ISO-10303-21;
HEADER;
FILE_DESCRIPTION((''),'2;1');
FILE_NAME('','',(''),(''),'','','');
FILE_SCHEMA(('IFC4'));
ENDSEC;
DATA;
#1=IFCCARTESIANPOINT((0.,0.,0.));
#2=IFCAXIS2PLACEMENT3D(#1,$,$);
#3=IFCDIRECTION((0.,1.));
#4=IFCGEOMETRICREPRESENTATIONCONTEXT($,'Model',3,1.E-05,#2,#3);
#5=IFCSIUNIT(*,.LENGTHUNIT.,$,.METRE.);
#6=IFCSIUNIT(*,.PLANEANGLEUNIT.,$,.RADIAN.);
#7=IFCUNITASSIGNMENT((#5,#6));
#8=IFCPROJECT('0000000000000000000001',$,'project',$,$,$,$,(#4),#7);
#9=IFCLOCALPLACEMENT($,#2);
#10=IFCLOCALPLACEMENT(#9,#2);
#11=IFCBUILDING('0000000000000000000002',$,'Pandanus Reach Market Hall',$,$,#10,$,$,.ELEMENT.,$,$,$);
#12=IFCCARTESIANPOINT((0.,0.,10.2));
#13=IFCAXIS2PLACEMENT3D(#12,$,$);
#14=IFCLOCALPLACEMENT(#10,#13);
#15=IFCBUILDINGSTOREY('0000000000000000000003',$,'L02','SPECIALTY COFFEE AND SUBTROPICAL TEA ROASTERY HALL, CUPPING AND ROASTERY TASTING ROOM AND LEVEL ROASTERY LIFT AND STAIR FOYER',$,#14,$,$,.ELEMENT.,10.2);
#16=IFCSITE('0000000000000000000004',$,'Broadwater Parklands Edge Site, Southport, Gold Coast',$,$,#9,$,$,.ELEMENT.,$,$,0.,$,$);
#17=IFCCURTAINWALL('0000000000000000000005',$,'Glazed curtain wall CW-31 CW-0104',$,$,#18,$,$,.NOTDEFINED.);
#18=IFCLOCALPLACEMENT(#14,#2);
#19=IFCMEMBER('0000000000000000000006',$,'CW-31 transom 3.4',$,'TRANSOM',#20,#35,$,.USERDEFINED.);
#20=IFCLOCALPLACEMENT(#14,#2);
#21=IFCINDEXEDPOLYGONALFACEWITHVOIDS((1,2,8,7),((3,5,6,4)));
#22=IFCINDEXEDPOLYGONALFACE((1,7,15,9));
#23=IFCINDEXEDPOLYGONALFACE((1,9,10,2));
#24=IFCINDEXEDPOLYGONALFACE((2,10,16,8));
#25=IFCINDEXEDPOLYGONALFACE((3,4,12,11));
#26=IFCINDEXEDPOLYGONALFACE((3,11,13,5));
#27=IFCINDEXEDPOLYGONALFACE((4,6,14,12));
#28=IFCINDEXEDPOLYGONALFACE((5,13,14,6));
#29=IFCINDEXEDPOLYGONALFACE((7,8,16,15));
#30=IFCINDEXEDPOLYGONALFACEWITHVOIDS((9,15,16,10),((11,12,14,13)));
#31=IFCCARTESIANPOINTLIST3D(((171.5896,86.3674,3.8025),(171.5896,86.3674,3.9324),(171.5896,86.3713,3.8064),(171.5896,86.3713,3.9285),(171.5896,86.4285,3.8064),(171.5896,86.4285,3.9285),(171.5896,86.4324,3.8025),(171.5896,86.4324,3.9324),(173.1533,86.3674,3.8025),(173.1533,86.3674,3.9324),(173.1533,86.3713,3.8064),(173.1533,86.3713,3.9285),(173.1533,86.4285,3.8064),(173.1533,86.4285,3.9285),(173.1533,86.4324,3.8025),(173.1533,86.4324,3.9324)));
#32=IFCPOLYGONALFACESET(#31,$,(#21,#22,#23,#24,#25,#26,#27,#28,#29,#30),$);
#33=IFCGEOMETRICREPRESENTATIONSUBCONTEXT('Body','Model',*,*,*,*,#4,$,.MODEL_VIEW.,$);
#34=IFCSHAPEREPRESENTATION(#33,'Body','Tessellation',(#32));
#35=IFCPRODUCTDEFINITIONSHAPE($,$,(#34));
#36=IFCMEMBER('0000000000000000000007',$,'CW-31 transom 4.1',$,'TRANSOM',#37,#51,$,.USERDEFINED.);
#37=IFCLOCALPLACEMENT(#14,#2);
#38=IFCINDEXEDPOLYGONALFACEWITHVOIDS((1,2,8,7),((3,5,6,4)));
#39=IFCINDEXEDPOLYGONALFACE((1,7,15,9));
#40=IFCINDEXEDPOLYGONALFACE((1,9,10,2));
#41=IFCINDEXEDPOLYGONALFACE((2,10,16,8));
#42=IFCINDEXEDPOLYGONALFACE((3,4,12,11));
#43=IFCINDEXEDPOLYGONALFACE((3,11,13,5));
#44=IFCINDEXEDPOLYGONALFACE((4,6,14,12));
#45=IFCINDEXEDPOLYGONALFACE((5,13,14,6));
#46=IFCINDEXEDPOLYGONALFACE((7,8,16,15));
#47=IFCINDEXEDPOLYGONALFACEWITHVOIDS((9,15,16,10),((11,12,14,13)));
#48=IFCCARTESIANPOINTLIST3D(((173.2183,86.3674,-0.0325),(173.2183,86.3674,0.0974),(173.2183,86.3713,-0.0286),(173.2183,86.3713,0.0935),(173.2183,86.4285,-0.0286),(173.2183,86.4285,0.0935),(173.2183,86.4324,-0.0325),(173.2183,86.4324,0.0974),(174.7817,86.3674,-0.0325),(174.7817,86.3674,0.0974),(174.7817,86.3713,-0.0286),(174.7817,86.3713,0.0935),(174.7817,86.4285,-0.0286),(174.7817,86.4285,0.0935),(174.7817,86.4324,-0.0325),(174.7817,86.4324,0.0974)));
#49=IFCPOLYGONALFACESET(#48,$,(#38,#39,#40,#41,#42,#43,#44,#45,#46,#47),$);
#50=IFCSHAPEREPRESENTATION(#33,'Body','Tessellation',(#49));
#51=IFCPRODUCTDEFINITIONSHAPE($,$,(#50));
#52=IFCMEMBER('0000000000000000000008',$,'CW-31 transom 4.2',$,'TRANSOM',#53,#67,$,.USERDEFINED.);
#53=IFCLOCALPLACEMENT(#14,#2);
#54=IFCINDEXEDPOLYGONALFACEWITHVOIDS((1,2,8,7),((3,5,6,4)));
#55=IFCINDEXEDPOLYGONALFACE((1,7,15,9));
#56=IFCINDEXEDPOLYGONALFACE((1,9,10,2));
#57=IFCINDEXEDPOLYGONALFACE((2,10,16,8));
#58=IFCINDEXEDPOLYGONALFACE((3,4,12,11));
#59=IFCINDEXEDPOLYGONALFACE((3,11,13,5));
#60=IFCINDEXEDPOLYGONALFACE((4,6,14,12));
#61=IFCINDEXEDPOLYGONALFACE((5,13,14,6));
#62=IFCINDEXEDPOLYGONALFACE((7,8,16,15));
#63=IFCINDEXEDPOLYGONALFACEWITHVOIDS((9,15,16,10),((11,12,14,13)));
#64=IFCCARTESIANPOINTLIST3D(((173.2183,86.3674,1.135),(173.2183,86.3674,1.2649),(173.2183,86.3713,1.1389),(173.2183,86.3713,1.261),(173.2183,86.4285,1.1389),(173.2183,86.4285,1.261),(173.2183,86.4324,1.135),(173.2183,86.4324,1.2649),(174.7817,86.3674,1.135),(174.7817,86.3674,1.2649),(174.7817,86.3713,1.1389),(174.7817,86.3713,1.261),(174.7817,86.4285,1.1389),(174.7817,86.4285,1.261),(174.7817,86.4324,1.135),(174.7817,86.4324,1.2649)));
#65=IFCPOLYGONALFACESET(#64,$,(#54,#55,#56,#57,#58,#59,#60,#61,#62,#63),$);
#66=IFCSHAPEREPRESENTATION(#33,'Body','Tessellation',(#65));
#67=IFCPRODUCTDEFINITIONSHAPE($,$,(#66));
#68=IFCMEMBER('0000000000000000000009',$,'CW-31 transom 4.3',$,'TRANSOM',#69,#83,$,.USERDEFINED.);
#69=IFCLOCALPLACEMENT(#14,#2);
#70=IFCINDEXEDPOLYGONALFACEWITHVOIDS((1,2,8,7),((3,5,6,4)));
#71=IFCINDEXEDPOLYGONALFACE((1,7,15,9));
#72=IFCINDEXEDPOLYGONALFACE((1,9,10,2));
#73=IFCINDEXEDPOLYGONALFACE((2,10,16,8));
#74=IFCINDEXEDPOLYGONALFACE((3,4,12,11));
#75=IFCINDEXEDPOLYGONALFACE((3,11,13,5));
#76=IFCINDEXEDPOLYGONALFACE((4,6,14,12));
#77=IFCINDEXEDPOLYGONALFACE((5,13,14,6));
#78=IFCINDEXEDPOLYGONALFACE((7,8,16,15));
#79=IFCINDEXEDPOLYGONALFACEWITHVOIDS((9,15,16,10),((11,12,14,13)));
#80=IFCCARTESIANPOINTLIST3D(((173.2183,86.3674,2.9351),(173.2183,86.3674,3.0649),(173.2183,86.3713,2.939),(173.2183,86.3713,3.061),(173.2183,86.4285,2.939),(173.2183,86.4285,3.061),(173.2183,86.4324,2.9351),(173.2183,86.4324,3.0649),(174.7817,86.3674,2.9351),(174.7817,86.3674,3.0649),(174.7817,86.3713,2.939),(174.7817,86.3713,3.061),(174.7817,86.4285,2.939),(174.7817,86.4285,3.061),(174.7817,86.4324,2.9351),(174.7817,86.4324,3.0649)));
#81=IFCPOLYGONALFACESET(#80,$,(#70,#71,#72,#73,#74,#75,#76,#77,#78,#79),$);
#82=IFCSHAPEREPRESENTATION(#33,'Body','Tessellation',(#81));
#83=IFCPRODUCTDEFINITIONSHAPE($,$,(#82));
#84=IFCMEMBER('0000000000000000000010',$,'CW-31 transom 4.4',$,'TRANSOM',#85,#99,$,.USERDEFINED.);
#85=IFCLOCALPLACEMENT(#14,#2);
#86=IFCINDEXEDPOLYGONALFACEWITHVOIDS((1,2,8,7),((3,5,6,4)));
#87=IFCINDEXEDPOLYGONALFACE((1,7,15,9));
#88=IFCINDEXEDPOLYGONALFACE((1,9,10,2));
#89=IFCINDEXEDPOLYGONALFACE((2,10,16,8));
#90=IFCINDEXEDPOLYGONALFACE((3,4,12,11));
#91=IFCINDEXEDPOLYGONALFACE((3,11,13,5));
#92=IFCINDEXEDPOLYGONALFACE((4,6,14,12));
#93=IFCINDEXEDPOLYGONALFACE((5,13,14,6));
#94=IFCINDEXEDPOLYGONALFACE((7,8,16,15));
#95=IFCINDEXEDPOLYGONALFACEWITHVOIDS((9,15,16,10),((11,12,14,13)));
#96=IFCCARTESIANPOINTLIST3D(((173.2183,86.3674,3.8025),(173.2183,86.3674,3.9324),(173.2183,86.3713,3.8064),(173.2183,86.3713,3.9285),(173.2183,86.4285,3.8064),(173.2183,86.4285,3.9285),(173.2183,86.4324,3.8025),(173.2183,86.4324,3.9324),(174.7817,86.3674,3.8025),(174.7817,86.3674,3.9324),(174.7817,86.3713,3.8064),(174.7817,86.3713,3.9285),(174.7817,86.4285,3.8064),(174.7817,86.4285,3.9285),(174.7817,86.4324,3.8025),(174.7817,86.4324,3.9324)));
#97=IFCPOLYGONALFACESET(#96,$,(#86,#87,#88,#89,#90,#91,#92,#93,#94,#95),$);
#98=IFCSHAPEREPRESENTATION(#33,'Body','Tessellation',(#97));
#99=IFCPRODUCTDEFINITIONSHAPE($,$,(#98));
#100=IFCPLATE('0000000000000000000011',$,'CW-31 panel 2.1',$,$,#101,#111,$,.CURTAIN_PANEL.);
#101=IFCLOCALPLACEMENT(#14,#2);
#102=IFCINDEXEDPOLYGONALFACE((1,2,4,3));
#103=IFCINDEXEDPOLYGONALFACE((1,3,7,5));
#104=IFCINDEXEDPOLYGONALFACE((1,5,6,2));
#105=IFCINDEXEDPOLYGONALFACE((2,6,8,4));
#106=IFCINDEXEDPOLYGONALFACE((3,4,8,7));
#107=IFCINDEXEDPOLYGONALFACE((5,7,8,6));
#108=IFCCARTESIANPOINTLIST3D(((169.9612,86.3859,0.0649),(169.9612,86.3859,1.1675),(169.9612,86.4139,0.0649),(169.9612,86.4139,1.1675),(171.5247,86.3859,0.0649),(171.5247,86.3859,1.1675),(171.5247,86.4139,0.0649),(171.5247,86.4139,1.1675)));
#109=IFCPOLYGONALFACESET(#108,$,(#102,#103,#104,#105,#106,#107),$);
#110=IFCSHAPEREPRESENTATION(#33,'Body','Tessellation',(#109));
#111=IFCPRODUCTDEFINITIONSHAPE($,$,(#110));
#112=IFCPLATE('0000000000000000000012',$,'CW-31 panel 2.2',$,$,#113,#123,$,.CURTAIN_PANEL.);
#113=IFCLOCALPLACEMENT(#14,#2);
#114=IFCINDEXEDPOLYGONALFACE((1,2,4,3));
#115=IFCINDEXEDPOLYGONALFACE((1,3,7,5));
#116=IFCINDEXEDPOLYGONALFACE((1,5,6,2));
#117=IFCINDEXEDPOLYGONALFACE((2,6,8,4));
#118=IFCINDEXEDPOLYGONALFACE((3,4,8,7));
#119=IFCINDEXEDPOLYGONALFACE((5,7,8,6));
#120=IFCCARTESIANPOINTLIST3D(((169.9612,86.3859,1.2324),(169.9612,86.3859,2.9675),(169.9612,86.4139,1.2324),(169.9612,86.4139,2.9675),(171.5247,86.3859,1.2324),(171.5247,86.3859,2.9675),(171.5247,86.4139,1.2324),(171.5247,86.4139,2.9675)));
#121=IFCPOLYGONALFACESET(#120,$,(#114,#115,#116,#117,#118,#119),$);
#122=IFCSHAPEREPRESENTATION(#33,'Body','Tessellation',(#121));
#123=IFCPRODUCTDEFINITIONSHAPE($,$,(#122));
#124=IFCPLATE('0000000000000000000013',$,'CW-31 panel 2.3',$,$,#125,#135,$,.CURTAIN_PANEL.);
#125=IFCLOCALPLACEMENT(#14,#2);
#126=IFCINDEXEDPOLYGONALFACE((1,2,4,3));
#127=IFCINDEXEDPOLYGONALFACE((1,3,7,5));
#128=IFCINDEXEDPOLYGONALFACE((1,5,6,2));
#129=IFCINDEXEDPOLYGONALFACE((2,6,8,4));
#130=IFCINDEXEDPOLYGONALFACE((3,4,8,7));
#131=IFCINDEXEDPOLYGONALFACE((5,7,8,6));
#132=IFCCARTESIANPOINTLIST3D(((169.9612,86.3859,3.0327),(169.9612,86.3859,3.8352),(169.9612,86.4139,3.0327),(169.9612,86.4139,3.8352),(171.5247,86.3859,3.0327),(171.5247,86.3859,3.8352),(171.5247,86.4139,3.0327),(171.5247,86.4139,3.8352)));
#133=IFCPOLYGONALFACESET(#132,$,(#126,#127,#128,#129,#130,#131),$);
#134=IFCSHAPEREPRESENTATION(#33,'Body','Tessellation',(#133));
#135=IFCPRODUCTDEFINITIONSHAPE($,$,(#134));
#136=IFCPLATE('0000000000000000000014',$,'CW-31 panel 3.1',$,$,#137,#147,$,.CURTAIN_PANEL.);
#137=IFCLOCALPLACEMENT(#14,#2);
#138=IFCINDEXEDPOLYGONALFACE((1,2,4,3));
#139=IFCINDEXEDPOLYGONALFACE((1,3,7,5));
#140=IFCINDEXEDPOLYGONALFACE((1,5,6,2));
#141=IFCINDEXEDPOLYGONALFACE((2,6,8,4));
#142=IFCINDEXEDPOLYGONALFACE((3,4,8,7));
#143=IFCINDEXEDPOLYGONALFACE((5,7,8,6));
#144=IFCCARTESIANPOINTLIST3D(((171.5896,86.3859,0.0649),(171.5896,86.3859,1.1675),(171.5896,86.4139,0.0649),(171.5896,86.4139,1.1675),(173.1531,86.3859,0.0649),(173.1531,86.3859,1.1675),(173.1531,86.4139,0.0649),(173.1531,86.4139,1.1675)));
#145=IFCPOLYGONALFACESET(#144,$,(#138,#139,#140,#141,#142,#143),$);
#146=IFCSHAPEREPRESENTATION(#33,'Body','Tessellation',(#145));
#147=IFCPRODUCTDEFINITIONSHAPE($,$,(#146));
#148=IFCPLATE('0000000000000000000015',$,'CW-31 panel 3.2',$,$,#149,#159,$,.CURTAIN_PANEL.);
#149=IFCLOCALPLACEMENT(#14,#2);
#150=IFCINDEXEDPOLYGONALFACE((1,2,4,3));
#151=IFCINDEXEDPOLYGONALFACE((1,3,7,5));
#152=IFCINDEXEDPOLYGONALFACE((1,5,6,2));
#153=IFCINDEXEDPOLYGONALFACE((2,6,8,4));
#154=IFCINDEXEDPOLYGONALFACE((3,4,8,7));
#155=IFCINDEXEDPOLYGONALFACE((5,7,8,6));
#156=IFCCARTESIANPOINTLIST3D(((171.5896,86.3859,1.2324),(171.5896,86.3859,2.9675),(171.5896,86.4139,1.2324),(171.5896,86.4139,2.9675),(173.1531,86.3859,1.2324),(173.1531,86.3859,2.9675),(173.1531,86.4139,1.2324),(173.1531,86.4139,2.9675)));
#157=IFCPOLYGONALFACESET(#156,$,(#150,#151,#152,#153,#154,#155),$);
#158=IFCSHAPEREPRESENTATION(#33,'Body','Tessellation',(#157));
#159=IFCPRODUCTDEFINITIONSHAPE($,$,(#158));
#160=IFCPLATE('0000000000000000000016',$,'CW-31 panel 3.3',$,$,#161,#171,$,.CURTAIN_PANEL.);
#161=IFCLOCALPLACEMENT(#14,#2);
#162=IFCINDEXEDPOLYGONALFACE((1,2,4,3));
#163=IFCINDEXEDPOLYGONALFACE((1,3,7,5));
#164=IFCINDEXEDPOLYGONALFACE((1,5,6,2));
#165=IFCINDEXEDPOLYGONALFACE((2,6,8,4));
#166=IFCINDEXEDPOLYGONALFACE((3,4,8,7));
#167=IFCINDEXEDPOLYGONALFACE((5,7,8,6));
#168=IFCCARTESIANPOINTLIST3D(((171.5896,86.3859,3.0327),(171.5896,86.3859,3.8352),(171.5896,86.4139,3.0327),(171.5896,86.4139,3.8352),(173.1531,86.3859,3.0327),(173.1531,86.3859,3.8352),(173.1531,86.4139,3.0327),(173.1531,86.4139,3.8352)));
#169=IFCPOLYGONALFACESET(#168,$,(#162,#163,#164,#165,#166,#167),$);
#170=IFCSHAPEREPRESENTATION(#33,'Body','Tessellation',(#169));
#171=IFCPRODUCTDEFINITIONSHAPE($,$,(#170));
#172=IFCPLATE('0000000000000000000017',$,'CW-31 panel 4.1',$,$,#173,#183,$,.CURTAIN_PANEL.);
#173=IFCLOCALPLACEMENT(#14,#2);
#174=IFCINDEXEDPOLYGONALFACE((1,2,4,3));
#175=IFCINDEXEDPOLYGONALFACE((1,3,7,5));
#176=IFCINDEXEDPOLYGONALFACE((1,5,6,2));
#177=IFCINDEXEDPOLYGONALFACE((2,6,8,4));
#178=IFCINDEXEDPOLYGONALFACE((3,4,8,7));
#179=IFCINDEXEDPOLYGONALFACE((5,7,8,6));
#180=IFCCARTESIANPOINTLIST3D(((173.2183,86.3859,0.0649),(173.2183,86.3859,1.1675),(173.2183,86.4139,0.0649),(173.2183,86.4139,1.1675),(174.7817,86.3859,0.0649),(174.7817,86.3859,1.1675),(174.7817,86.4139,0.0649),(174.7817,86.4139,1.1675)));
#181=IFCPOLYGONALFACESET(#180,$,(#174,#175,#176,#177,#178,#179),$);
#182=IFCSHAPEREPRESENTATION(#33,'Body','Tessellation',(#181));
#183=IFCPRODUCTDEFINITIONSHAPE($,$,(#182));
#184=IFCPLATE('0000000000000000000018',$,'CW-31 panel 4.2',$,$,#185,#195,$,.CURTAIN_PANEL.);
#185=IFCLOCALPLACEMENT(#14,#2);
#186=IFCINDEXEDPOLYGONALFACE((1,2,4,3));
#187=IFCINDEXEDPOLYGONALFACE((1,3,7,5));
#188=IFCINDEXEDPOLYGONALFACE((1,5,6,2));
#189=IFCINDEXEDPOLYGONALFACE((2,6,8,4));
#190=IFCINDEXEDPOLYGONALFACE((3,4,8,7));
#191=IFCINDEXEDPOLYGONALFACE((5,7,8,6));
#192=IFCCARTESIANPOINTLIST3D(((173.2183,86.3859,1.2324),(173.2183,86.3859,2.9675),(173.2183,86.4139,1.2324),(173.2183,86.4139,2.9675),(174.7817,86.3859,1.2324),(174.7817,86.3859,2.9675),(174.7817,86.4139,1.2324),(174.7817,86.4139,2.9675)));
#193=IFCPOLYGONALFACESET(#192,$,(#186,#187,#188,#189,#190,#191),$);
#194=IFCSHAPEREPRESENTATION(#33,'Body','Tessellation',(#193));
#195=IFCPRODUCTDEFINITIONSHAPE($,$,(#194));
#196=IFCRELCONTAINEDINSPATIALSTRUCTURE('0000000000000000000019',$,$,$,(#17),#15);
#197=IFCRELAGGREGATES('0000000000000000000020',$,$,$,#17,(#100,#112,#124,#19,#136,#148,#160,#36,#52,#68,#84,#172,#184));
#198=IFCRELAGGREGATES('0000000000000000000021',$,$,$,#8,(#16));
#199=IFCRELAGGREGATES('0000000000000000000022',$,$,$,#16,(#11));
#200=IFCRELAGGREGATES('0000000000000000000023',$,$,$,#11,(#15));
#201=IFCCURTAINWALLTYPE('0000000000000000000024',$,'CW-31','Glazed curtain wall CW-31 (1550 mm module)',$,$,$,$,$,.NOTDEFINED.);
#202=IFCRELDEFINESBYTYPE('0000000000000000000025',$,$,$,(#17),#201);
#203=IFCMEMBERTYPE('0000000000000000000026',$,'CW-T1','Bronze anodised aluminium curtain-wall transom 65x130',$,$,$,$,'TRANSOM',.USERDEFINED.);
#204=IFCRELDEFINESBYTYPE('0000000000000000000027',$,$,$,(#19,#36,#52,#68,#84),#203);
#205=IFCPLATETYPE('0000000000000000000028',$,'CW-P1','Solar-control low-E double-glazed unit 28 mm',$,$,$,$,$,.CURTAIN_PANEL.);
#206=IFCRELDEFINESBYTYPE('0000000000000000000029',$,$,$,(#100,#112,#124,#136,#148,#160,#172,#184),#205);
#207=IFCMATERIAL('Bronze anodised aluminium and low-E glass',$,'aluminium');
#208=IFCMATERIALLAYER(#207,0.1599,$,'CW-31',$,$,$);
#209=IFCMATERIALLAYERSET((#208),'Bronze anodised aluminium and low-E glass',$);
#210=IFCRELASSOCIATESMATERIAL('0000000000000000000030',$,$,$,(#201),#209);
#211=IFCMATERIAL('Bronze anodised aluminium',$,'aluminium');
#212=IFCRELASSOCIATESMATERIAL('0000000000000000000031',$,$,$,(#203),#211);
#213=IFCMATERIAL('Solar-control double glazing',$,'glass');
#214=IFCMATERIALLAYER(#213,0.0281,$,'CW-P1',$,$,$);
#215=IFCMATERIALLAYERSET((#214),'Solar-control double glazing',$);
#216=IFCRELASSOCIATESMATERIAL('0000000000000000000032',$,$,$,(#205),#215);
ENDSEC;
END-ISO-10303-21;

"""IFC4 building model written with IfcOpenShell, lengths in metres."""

from ifc_helpers import new_model, si_unit, direction, frame, origin, origin_2d, place, context, subcontext, project, spatial, rectangle, hollow_rectangle, extrude, material, layer, layer_set, material_profile, profile_set, type_object, element, aggregate, save


model = new_model("IFC4")

# Units and contexts
model_context = context("Model", 3, precision=1e-05, world=origin(), true_north=direction((0.0, 1.0)))
body_context = subcontext(model_context, "Body", "Model", "MODEL_VIEW")
ifc_project = project(units=[si_unit("LENGTHUNIT", "METRE"), si_unit("PLANEANGLEUNIT", "RADIAN")], contexts=[model_context])

# Site, building, storey
site_placement = place(None, origin())
site = spatial("IfcSite", under=ifc_project, at=site_placement, Name="Broadwater Parklands Edge Site, Southport, Gold Coast", CompositionType="ELEMENT", RefElevation=0.0)
building_placement = place(site_placement, origin())
building = spatial("IfcBuilding", under=site, at=building_placement, Name="Pandanus Reach Market Hall", CompositionType="ELEMENT")
storey_placement = place(building_placement, frame((0.0, 0.0, 10.2)))
storey = spatial("IfcBuildingStorey", under=building, at=storey_placement, Name="L02", Description="SPECIALTY COFFEE AND SUBTROPICAL TEA ROASTERY HALL, CUPPING AND ROASTERY TASTING ROOM AND LEVEL ROASTERY LIFT AND STAIR FOYER", CompositionType="ELEMENT", Elevation=10.2)

# Curtain wall, members, plates
ifc_material_1 = material(Name="Bronze anodised aluminium and low-E glass", Category="aluminium")
ifc_layer_1 = layer(ifc_material_1, 0.1599, Name="CW-31")
ifc_layer_set_1 = layer_set([ifc_layer_1], Name="Bronze anodised aluminium and low-E glass")
curtain_wall_type = type_object("IfcCurtainWallType", Name="CW-31", Description="Glazed curtain wall CW-31 (1550 mm module)", PredefinedType="NOTDEFINED", material=ifc_layer_set_1)
curtain_wall_placement = place(storey_placement, origin())
curtain_wall = element("IfcCurtainWall", 1, at=curtain_wall_placement, inside=storey, type_object=curtain_wall_type, Name="Glazed curtain wall CW-31 CW-0104", PredefinedType="NOTDEFINED")
ifc_material_2 = material(Name="Bronze anodised aluminium", Category="aluminium")
ifc_material_profile_1 = material_profile(ifc_material_2, hollow_rectangle(XDim=0.0649, YDim=0.1299, WallThickness=0.0039, at=origin_2d()), Name="ALU65x130", Category="LoadBearing")
ifc_profile_set_1 = profile_set([ifc_material_profile_1], Name="Bronze anodised aluminium")
member_type_1 = type_object("IfcMemberType", Name="CW-T1", Description="Bronze anodised aluminium curtain-wall transom 65x130", ElementType="TRANSOM", PredefinedType="USERDEFINED", material=ifc_profile_set_1)
member_1_placement = place(storey_placement, frame((171.5896, 86.3999, 3.8674), z_axis=(1.0, 0.0, 0.0), x_axis=(0.0, 1.0, 0.0)))
member_1 = element("IfcMember", 2, at=member_1_placement, type_object=member_type_1, Name="CW-31 transom 3.4", ObjectType="TRANSOM", PredefinedType="USERDEFINED", context=body_context, shape_type="SweptSolid", body=[
    extrude(hollow_rectangle(XDim=0.0649, YDim=0.1299, WallThickness=0.0039, at=origin_2d()), origin(), (0.0, 0.0, 1.0), 1.5637),
])
member_2_placement = place(storey_placement, frame((173.2183, 86.3999, 0.0325), z_axis=(1.0, 0.0, 0.0), x_axis=(0.0, 1.0, 0.0)))
member_2 = element("IfcMember", 3, at=member_2_placement, type_object=member_type_1, Name="CW-31 transom 4.1", ObjectType="TRANSOM", PredefinedType="USERDEFINED", context=body_context, shape_type="SweptSolid", body=[
    extrude(hollow_rectangle(XDim=0.0649, YDim=0.1299, WallThickness=0.0039, at=origin_2d()), origin(), (0.0, 0.0, 1.0), 1.5635),
])
member_3_placement = place(storey_placement, frame((173.2183, 86.3999, 1.2), z_axis=(1.0, 0.0, 0.0), x_axis=(0.0, 1.0, 0.0)))
member_3 = element("IfcMember", 4, at=member_3_placement, type_object=member_type_1, Name="CW-31 transom 4.2", ObjectType="TRANSOM", PredefinedType="USERDEFINED", context=body_context, shape_type="SweptSolid", body=[
    extrude(hollow_rectangle(XDim=0.0649, YDim=0.1299, WallThickness=0.0039, at=origin_2d()), origin(), (0.0, 0.0, 1.0), 1.5635),
])
member_4_placement = place(storey_placement, frame((173.2183, 86.3999, 3.0), z_axis=(1.0, 0.0, 0.0), x_axis=(0.0, 1.0, 0.0)))
member_4 = element("IfcMember", 5, at=member_4_placement, type_object=member_type_1, Name="CW-31 transom 4.3", ObjectType="TRANSOM", PredefinedType="USERDEFINED", context=body_context, shape_type="SweptSolid", body=[
    extrude(hollow_rectangle(XDim=0.0649, YDim=0.1299, WallThickness=0.0039, at=origin_2d()), origin(), (0.0, 0.0, 1.0), 1.5635),
])
member_5_placement = place(storey_placement, frame((173.2183, 86.3999, 3.8674), z_axis=(1.0, 0.0, 0.0), x_axis=(0.0, 1.0, 0.0)))
member_5 = element("IfcMember", 6, at=member_5_placement, type_object=member_type_1, Name="CW-31 transom 4.4", ObjectType="TRANSOM", PredefinedType="USERDEFINED", context=body_context, shape_type="SweptSolid", body=[
    extrude(hollow_rectangle(XDim=0.0649, YDim=0.1299, WallThickness=0.0039, at=origin_2d()), origin(), (0.0, 0.0, 1.0), 1.5635),
])
ifc_material_3 = material(Name="Solar-control double glazing", Category="glass")
ifc_layer_2 = layer(ifc_material_3, 0.0281, Name="CW-P1")
ifc_layer_set_2 = layer_set([ifc_layer_2], Name="Solar-control double glazing")
plate_type = type_object("IfcPlateType", Name="CW-P1", Description="Solar-control low-E double-glazed unit 28 mm", PredefinedType="CURTAIN_PANEL", material=ifc_layer_set_2)
plate_1_placement = place(storey_placement, frame((170.7429, 86.3999, 0.0649), z_axis=(0.0, 0.0, 1.0), x_axis=(1.0, 0.0, 0.0)))
plate_1 = element("IfcPlate", 7, at=plate_1_placement, type_object=plate_type, Name="CW-31 panel 2.1", PredefinedType="CURTAIN_PANEL", context=body_context, shape_type="SweptSolid", body=[
    extrude(rectangle(XDim=1.5635, YDim=0.0281, at=origin_2d()), origin(), (0.0, 0.0, 1.0), 1.1025),
])
plate_2_placement = place(storey_placement, frame((170.7429, 86.3999, 1.2324), z_axis=(0.0, 0.0, 1.0), x_axis=(1.0, 0.0, 0.0)))
plate_2 = element("IfcPlate", 8, at=plate_2_placement, type_object=plate_type, Name="CW-31 panel 2.2", PredefinedType="CURTAIN_PANEL", context=body_context, shape_type="SweptSolid", body=[
    extrude(rectangle(XDim=1.5635, YDim=0.0281, at=origin_2d()), origin(), (0.0, 0.0, 1.0), 1.7351),
])
plate_3_placement = place(storey_placement, frame((170.7429, 86.3999, 3.0327), z_axis=(0.0, 0.0, 1.0), x_axis=(1.0, 0.0, 0.0)))
plate_3 = element("IfcPlate", 9, at=plate_3_placement, type_object=plate_type, Name="CW-31 panel 2.3", PredefinedType="CURTAIN_PANEL", context=body_context, shape_type="SweptSolid", body=[
    extrude(rectangle(XDim=1.5635, YDim=0.0281, at=origin_2d()), origin(), (0.0, 0.0, 1.0), 0.8025),
])
plate_4_placement = place(storey_placement, frame((172.3713, 86.3999, 0.0649), z_axis=(0.0, 0.0, 1.0), x_axis=(1.0, 0.0, 0.0)))
plate_4 = element("IfcPlate", 10, at=plate_4_placement, type_object=plate_type, Name="CW-31 panel 3.1", PredefinedType="CURTAIN_PANEL", context=body_context, shape_type="SweptSolid", body=[
    extrude(rectangle(XDim=1.5635, YDim=0.0281, at=origin_2d()), origin(), (0.0, 0.0, 1.0), 1.1025),
])
plate_5_placement = place(storey_placement, frame((172.3713, 86.3999, 1.2324), z_axis=(0.0, 0.0, 1.0), x_axis=(1.0, 0.0, 0.0)))
plate_5 = element("IfcPlate", 11, at=plate_5_placement, type_object=plate_type, Name="CW-31 panel 3.2", PredefinedType="CURTAIN_PANEL", context=body_context, shape_type="SweptSolid", body=[
    extrude(rectangle(XDim=1.5635, YDim=0.0281, at=origin_2d()), origin(), (0.0, 0.0, 1.0), 1.7351),
])
plate_6_placement = place(storey_placement, frame((172.3713, 86.3999, 3.0327), z_axis=(0.0, 0.0, 1.0), x_axis=(1.0, 0.0, 0.0)))
plate_6 = element("IfcPlate", 12, at=plate_6_placement, type_object=plate_type, Name="CW-31 panel 3.3", PredefinedType="CURTAIN_PANEL", context=body_context, shape_type="SweptSolid", body=[
    extrude(rectangle(XDim=1.5635, YDim=0.0281, at=origin_2d()), origin(), (0.0, 0.0, 1.0), 0.8025),
])
plate_7_placement = place(storey_placement, frame((174.0, 86.3999, 0.0649), z_axis=(0.0, 0.0, 1.0), x_axis=(1.0, 0.0, 0.0)))
plate_7 = element("IfcPlate", 13, at=plate_7_placement, type_object=plate_type, Name="CW-31 panel 4.1", PredefinedType="CURTAIN_PANEL", context=body_context, shape_type="SweptSolid", body=[
    extrude(rectangle(XDim=1.5635, YDim=0.0281, at=origin_2d()), origin(), (0.0, 0.0, 1.0), 1.1025),
])
plate_8_placement = place(storey_placement, frame((174.0, 86.3999, 1.2324), z_axis=(0.0, 0.0, 1.0), x_axis=(1.0, 0.0, 0.0)))
plate_8 = element("IfcPlate", 14, at=plate_8_placement, type_object=plate_type, Name="CW-31 panel 4.2", PredefinedType="CURTAIN_PANEL", context=body_context, shape_type="SweptSolid", body=[
    extrude(rectangle(XDim=1.5635, YDim=0.0281, at=origin_2d()), origin(), (0.0, 0.0, 1.0), 1.7351),
])
aggregate(curtain_wall, [plate_1, plate_2, plate_3, member_1, plate_4, plate_5, plate_6, member_2, member_3, member_4, member_5, plate_7, plate_8])

save(model, "model.ifc")
